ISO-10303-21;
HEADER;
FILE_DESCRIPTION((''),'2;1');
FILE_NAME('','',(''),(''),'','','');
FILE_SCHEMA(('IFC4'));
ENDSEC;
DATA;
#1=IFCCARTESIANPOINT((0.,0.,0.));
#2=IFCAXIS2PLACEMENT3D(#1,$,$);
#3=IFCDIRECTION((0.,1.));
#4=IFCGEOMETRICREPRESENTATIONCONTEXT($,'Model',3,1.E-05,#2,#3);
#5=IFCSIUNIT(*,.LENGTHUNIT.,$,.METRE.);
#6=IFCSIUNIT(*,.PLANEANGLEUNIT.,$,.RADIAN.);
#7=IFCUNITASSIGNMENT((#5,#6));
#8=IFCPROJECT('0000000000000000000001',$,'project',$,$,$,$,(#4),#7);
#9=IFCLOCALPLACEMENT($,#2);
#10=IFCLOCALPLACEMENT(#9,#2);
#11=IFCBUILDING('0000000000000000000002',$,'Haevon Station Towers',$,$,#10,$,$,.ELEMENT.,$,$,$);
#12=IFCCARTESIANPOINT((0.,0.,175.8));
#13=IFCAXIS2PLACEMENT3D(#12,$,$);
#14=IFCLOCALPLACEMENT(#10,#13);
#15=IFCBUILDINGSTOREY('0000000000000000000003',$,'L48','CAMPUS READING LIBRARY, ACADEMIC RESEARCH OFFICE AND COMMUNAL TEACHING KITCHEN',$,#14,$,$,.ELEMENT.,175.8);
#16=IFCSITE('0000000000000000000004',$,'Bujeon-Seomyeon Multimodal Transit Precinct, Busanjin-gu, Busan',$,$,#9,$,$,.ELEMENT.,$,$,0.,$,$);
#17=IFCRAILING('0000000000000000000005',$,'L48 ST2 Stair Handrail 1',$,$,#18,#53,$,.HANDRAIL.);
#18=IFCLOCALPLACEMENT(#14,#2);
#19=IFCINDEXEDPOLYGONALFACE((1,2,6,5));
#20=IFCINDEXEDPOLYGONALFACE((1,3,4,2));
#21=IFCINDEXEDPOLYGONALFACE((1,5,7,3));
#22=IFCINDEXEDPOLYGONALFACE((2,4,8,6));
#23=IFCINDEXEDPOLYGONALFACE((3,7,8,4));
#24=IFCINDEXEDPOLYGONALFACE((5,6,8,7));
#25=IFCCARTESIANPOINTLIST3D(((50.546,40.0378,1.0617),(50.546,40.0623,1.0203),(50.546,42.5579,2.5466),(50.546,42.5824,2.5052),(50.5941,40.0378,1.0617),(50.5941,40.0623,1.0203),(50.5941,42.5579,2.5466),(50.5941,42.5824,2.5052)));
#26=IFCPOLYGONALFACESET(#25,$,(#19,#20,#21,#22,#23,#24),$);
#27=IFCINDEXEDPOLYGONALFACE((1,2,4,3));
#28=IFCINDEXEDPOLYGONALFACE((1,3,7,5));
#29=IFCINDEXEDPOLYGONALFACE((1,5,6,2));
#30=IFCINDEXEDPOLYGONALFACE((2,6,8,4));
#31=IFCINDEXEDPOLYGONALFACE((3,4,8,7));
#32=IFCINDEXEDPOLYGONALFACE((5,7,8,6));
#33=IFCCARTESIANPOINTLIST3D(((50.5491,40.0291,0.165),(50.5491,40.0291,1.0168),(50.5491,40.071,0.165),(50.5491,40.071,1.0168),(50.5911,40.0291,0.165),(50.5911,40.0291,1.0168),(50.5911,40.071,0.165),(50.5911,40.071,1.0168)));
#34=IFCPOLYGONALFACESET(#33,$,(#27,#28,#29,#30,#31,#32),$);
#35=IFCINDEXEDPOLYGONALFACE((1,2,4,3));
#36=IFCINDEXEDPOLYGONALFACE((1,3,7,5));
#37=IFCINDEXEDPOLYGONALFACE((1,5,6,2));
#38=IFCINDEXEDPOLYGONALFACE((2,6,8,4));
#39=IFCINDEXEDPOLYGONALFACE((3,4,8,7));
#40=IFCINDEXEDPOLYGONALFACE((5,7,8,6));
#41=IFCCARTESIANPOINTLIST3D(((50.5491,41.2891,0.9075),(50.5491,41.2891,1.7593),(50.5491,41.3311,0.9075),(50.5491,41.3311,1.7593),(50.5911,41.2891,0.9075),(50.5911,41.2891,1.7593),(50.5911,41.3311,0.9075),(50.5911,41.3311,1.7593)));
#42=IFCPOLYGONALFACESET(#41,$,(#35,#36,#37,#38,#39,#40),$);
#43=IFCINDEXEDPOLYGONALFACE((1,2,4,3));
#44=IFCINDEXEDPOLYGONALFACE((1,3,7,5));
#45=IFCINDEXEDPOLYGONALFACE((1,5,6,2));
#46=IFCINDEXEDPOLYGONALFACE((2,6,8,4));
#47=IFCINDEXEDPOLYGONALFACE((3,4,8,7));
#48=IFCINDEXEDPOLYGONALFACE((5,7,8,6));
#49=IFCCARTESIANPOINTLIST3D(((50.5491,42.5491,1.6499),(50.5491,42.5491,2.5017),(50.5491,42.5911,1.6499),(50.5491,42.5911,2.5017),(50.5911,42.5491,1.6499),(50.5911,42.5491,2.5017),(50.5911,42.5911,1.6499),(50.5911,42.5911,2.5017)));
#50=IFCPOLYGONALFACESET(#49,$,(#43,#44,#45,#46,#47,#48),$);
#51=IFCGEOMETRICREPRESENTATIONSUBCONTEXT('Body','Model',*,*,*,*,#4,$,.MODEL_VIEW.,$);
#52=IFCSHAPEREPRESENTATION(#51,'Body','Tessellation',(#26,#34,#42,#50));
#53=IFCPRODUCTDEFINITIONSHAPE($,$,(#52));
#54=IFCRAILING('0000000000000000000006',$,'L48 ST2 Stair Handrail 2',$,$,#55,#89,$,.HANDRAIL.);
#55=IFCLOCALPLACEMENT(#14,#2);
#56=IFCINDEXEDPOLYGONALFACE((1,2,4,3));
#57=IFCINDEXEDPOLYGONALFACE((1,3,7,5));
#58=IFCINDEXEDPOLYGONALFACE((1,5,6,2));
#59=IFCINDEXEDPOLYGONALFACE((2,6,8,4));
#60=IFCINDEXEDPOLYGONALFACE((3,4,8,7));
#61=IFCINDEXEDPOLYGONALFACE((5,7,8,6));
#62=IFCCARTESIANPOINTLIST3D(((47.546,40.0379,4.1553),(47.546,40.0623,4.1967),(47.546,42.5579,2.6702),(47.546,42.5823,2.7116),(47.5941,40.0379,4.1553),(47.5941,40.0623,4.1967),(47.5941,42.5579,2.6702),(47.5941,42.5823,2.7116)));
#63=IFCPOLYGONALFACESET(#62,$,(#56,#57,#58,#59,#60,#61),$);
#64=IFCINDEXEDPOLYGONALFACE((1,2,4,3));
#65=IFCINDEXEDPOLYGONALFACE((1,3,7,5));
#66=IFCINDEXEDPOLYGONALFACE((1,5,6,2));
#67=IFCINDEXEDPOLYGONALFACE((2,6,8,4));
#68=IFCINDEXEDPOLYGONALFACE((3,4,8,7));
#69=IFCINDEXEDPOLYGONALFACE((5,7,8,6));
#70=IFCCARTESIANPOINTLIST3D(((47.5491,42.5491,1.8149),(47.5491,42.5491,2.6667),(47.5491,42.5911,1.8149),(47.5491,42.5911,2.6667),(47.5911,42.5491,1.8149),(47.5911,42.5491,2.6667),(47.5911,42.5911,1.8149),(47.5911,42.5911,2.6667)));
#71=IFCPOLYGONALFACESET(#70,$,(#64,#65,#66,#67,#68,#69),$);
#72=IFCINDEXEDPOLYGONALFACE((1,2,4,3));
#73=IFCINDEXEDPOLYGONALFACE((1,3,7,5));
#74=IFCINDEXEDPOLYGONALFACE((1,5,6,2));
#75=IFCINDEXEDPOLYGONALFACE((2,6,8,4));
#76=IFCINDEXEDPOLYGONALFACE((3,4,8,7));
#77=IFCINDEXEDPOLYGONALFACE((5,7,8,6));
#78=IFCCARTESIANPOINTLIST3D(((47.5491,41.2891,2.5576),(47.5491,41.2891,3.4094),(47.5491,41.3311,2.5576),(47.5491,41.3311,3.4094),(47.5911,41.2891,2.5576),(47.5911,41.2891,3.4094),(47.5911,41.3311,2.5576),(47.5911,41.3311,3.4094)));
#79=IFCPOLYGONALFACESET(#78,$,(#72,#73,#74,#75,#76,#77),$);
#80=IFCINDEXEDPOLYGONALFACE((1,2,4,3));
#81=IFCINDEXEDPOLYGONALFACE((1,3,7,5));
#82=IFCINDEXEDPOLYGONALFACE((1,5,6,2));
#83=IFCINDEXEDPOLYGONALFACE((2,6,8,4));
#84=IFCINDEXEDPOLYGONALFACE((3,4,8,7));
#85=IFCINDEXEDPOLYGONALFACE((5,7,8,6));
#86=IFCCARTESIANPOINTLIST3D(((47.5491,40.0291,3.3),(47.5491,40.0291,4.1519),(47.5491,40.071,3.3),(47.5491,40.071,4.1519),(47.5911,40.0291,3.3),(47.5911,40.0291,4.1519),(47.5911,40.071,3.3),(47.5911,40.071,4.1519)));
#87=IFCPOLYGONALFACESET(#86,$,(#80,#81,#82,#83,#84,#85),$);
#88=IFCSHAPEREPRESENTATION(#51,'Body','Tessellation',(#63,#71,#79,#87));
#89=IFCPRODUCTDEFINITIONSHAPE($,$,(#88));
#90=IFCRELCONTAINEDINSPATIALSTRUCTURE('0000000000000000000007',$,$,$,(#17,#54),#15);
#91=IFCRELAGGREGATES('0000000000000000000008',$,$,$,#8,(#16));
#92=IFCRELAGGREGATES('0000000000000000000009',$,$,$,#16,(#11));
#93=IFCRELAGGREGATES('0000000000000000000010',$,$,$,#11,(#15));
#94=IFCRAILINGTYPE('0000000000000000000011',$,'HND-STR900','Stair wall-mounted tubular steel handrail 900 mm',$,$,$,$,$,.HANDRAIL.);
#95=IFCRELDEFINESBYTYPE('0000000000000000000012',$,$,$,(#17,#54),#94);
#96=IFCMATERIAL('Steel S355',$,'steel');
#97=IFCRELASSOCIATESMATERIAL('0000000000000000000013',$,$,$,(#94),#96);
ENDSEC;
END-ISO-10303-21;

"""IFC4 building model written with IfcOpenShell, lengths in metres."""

from ifc_helpers import new_model, si_unit, direction, frame, origin, origin_2d, place, context, subcontext, project, spatial, rectangle, extrude, material, type_object, element, save


model = new_model("IFC4")

# Units and contexts
model_context = context("Model", 3, precision=1e-05, world=origin(), true_north=direction((0.0, 1.0)))
body_context = subcontext(model_context, "Body", "Model", "MODEL_VIEW")
ifc_project = project(units=[si_unit("LENGTHUNIT", "METRE"), si_unit("PLANEANGLEUNIT", "RADIAN")], contexts=[model_context])

# Site, building, storey
site_placement = place(None, origin())
site = spatial("IfcSite", under=ifc_project, at=site_placement, Name="Bujeon-Seomyeon Multimodal Transit Precinct, Busanjin-gu, Busan", CompositionType="ELEMENT", RefElevation=0.0)
building_placement = place(site_placement, origin())
building = spatial("IfcBuilding", under=site, at=building_placement, Name="Haevon Station Towers", CompositionType="ELEMENT")
storey_placement = place(building_placement, frame((0.0, 0.0, 175.8)))
storey = spatial("IfcBuildingStorey", under=building, at=storey_placement, Name="L48", Description="CAMPUS READING LIBRARY, ACADEMIC RESEARCH OFFICE AND COMMUNAL TEACHING KITCHEN", CompositionType="ELEMENT", Elevation=175.8)

# Shared definitions
ifc_material_1 = material(Name="Steel S355", Category="steel")

# Railings
railing_type_1 = type_object("IfcRailingType", Name="HND-STR900", Description="Stair wall-mounted tubular steel handrail 900 mm", PredefinedType="HANDRAIL", material=ifc_material_1)
railing_1_placement = place(storey_placement, frame((50.5701, 40.05, 0.165)))
element("IfcRailing", 1, at=railing_1_placement, inside=storey, type_object=railing_type_1, Name="L48 ST2 Stair Handrail 1", PredefinedType="HANDRAIL", context=body_context, shape_type="SweptSolid", body=[
    extrude(rectangle(XDim=0.0481, YDim=0.0481, at=origin_2d()), frame((0.0, 0.0, 0.876), z_axis=(0.0, 0.861561, 0.507655), x_axis=(-1.0, 0.0, 0.0)), (0.0, 0.0, 1.0), 2.925),
    extrude(rectangle(XDim=0.042, YDim=0.042, at=origin_2d()), origin(), (0.0, 0.0, 1.0), 0.8518),
    extrude(rectangle(XDim=0.042, YDim=0.042, at=origin_2d()), frame((0.0, 1.26, 0.7424)), (0.0, 0.0, 1.0), 0.8518),
    extrude(rectangle(XDim=0.042, YDim=0.042, at=origin_2d()), frame((0.0, 2.52, 1.4849)), (0.0, 0.0, 1.0), 0.8518),
])
railing_2_placement = place(storey_placement, frame((47.5701, 42.5701, 1.8149)))
element("IfcRailing", 2, at=railing_2_placement, inside=storey, type_object=railing_type_1, Name="L48 ST2 Stair Handrail 2", PredefinedType="HANDRAIL", context=body_context, shape_type="SweptSolid", body=[
    extrude(rectangle(XDim=0.0481, YDim=0.0481, at=origin_2d()), frame((0.0, 0.0, 0.876), z_axis=(0.0, -0.861524, 0.507717), x_axis=(1.0, 0.0, 0.0)), (0.0, 0.0, 1.0), 2.925),
    extrude(rectangle(XDim=0.042, YDim=0.042, at=origin_2d()), origin(), (0.0, 0.0, 1.0), 0.8518),
    extrude(rectangle(XDim=0.042, YDim=0.042, at=origin_2d()), frame((0.0, -1.26, 0.7427)), (0.0, 0.0, 1.0), 0.8518),
    extrude(rectangle(XDim=0.042, YDim=0.042, at=origin_2d()), frame((0.0, -2.52, 1.4851)), (0.0, 0.0, 1.0), 0.8518),
])

save(model, "model.ifc")
